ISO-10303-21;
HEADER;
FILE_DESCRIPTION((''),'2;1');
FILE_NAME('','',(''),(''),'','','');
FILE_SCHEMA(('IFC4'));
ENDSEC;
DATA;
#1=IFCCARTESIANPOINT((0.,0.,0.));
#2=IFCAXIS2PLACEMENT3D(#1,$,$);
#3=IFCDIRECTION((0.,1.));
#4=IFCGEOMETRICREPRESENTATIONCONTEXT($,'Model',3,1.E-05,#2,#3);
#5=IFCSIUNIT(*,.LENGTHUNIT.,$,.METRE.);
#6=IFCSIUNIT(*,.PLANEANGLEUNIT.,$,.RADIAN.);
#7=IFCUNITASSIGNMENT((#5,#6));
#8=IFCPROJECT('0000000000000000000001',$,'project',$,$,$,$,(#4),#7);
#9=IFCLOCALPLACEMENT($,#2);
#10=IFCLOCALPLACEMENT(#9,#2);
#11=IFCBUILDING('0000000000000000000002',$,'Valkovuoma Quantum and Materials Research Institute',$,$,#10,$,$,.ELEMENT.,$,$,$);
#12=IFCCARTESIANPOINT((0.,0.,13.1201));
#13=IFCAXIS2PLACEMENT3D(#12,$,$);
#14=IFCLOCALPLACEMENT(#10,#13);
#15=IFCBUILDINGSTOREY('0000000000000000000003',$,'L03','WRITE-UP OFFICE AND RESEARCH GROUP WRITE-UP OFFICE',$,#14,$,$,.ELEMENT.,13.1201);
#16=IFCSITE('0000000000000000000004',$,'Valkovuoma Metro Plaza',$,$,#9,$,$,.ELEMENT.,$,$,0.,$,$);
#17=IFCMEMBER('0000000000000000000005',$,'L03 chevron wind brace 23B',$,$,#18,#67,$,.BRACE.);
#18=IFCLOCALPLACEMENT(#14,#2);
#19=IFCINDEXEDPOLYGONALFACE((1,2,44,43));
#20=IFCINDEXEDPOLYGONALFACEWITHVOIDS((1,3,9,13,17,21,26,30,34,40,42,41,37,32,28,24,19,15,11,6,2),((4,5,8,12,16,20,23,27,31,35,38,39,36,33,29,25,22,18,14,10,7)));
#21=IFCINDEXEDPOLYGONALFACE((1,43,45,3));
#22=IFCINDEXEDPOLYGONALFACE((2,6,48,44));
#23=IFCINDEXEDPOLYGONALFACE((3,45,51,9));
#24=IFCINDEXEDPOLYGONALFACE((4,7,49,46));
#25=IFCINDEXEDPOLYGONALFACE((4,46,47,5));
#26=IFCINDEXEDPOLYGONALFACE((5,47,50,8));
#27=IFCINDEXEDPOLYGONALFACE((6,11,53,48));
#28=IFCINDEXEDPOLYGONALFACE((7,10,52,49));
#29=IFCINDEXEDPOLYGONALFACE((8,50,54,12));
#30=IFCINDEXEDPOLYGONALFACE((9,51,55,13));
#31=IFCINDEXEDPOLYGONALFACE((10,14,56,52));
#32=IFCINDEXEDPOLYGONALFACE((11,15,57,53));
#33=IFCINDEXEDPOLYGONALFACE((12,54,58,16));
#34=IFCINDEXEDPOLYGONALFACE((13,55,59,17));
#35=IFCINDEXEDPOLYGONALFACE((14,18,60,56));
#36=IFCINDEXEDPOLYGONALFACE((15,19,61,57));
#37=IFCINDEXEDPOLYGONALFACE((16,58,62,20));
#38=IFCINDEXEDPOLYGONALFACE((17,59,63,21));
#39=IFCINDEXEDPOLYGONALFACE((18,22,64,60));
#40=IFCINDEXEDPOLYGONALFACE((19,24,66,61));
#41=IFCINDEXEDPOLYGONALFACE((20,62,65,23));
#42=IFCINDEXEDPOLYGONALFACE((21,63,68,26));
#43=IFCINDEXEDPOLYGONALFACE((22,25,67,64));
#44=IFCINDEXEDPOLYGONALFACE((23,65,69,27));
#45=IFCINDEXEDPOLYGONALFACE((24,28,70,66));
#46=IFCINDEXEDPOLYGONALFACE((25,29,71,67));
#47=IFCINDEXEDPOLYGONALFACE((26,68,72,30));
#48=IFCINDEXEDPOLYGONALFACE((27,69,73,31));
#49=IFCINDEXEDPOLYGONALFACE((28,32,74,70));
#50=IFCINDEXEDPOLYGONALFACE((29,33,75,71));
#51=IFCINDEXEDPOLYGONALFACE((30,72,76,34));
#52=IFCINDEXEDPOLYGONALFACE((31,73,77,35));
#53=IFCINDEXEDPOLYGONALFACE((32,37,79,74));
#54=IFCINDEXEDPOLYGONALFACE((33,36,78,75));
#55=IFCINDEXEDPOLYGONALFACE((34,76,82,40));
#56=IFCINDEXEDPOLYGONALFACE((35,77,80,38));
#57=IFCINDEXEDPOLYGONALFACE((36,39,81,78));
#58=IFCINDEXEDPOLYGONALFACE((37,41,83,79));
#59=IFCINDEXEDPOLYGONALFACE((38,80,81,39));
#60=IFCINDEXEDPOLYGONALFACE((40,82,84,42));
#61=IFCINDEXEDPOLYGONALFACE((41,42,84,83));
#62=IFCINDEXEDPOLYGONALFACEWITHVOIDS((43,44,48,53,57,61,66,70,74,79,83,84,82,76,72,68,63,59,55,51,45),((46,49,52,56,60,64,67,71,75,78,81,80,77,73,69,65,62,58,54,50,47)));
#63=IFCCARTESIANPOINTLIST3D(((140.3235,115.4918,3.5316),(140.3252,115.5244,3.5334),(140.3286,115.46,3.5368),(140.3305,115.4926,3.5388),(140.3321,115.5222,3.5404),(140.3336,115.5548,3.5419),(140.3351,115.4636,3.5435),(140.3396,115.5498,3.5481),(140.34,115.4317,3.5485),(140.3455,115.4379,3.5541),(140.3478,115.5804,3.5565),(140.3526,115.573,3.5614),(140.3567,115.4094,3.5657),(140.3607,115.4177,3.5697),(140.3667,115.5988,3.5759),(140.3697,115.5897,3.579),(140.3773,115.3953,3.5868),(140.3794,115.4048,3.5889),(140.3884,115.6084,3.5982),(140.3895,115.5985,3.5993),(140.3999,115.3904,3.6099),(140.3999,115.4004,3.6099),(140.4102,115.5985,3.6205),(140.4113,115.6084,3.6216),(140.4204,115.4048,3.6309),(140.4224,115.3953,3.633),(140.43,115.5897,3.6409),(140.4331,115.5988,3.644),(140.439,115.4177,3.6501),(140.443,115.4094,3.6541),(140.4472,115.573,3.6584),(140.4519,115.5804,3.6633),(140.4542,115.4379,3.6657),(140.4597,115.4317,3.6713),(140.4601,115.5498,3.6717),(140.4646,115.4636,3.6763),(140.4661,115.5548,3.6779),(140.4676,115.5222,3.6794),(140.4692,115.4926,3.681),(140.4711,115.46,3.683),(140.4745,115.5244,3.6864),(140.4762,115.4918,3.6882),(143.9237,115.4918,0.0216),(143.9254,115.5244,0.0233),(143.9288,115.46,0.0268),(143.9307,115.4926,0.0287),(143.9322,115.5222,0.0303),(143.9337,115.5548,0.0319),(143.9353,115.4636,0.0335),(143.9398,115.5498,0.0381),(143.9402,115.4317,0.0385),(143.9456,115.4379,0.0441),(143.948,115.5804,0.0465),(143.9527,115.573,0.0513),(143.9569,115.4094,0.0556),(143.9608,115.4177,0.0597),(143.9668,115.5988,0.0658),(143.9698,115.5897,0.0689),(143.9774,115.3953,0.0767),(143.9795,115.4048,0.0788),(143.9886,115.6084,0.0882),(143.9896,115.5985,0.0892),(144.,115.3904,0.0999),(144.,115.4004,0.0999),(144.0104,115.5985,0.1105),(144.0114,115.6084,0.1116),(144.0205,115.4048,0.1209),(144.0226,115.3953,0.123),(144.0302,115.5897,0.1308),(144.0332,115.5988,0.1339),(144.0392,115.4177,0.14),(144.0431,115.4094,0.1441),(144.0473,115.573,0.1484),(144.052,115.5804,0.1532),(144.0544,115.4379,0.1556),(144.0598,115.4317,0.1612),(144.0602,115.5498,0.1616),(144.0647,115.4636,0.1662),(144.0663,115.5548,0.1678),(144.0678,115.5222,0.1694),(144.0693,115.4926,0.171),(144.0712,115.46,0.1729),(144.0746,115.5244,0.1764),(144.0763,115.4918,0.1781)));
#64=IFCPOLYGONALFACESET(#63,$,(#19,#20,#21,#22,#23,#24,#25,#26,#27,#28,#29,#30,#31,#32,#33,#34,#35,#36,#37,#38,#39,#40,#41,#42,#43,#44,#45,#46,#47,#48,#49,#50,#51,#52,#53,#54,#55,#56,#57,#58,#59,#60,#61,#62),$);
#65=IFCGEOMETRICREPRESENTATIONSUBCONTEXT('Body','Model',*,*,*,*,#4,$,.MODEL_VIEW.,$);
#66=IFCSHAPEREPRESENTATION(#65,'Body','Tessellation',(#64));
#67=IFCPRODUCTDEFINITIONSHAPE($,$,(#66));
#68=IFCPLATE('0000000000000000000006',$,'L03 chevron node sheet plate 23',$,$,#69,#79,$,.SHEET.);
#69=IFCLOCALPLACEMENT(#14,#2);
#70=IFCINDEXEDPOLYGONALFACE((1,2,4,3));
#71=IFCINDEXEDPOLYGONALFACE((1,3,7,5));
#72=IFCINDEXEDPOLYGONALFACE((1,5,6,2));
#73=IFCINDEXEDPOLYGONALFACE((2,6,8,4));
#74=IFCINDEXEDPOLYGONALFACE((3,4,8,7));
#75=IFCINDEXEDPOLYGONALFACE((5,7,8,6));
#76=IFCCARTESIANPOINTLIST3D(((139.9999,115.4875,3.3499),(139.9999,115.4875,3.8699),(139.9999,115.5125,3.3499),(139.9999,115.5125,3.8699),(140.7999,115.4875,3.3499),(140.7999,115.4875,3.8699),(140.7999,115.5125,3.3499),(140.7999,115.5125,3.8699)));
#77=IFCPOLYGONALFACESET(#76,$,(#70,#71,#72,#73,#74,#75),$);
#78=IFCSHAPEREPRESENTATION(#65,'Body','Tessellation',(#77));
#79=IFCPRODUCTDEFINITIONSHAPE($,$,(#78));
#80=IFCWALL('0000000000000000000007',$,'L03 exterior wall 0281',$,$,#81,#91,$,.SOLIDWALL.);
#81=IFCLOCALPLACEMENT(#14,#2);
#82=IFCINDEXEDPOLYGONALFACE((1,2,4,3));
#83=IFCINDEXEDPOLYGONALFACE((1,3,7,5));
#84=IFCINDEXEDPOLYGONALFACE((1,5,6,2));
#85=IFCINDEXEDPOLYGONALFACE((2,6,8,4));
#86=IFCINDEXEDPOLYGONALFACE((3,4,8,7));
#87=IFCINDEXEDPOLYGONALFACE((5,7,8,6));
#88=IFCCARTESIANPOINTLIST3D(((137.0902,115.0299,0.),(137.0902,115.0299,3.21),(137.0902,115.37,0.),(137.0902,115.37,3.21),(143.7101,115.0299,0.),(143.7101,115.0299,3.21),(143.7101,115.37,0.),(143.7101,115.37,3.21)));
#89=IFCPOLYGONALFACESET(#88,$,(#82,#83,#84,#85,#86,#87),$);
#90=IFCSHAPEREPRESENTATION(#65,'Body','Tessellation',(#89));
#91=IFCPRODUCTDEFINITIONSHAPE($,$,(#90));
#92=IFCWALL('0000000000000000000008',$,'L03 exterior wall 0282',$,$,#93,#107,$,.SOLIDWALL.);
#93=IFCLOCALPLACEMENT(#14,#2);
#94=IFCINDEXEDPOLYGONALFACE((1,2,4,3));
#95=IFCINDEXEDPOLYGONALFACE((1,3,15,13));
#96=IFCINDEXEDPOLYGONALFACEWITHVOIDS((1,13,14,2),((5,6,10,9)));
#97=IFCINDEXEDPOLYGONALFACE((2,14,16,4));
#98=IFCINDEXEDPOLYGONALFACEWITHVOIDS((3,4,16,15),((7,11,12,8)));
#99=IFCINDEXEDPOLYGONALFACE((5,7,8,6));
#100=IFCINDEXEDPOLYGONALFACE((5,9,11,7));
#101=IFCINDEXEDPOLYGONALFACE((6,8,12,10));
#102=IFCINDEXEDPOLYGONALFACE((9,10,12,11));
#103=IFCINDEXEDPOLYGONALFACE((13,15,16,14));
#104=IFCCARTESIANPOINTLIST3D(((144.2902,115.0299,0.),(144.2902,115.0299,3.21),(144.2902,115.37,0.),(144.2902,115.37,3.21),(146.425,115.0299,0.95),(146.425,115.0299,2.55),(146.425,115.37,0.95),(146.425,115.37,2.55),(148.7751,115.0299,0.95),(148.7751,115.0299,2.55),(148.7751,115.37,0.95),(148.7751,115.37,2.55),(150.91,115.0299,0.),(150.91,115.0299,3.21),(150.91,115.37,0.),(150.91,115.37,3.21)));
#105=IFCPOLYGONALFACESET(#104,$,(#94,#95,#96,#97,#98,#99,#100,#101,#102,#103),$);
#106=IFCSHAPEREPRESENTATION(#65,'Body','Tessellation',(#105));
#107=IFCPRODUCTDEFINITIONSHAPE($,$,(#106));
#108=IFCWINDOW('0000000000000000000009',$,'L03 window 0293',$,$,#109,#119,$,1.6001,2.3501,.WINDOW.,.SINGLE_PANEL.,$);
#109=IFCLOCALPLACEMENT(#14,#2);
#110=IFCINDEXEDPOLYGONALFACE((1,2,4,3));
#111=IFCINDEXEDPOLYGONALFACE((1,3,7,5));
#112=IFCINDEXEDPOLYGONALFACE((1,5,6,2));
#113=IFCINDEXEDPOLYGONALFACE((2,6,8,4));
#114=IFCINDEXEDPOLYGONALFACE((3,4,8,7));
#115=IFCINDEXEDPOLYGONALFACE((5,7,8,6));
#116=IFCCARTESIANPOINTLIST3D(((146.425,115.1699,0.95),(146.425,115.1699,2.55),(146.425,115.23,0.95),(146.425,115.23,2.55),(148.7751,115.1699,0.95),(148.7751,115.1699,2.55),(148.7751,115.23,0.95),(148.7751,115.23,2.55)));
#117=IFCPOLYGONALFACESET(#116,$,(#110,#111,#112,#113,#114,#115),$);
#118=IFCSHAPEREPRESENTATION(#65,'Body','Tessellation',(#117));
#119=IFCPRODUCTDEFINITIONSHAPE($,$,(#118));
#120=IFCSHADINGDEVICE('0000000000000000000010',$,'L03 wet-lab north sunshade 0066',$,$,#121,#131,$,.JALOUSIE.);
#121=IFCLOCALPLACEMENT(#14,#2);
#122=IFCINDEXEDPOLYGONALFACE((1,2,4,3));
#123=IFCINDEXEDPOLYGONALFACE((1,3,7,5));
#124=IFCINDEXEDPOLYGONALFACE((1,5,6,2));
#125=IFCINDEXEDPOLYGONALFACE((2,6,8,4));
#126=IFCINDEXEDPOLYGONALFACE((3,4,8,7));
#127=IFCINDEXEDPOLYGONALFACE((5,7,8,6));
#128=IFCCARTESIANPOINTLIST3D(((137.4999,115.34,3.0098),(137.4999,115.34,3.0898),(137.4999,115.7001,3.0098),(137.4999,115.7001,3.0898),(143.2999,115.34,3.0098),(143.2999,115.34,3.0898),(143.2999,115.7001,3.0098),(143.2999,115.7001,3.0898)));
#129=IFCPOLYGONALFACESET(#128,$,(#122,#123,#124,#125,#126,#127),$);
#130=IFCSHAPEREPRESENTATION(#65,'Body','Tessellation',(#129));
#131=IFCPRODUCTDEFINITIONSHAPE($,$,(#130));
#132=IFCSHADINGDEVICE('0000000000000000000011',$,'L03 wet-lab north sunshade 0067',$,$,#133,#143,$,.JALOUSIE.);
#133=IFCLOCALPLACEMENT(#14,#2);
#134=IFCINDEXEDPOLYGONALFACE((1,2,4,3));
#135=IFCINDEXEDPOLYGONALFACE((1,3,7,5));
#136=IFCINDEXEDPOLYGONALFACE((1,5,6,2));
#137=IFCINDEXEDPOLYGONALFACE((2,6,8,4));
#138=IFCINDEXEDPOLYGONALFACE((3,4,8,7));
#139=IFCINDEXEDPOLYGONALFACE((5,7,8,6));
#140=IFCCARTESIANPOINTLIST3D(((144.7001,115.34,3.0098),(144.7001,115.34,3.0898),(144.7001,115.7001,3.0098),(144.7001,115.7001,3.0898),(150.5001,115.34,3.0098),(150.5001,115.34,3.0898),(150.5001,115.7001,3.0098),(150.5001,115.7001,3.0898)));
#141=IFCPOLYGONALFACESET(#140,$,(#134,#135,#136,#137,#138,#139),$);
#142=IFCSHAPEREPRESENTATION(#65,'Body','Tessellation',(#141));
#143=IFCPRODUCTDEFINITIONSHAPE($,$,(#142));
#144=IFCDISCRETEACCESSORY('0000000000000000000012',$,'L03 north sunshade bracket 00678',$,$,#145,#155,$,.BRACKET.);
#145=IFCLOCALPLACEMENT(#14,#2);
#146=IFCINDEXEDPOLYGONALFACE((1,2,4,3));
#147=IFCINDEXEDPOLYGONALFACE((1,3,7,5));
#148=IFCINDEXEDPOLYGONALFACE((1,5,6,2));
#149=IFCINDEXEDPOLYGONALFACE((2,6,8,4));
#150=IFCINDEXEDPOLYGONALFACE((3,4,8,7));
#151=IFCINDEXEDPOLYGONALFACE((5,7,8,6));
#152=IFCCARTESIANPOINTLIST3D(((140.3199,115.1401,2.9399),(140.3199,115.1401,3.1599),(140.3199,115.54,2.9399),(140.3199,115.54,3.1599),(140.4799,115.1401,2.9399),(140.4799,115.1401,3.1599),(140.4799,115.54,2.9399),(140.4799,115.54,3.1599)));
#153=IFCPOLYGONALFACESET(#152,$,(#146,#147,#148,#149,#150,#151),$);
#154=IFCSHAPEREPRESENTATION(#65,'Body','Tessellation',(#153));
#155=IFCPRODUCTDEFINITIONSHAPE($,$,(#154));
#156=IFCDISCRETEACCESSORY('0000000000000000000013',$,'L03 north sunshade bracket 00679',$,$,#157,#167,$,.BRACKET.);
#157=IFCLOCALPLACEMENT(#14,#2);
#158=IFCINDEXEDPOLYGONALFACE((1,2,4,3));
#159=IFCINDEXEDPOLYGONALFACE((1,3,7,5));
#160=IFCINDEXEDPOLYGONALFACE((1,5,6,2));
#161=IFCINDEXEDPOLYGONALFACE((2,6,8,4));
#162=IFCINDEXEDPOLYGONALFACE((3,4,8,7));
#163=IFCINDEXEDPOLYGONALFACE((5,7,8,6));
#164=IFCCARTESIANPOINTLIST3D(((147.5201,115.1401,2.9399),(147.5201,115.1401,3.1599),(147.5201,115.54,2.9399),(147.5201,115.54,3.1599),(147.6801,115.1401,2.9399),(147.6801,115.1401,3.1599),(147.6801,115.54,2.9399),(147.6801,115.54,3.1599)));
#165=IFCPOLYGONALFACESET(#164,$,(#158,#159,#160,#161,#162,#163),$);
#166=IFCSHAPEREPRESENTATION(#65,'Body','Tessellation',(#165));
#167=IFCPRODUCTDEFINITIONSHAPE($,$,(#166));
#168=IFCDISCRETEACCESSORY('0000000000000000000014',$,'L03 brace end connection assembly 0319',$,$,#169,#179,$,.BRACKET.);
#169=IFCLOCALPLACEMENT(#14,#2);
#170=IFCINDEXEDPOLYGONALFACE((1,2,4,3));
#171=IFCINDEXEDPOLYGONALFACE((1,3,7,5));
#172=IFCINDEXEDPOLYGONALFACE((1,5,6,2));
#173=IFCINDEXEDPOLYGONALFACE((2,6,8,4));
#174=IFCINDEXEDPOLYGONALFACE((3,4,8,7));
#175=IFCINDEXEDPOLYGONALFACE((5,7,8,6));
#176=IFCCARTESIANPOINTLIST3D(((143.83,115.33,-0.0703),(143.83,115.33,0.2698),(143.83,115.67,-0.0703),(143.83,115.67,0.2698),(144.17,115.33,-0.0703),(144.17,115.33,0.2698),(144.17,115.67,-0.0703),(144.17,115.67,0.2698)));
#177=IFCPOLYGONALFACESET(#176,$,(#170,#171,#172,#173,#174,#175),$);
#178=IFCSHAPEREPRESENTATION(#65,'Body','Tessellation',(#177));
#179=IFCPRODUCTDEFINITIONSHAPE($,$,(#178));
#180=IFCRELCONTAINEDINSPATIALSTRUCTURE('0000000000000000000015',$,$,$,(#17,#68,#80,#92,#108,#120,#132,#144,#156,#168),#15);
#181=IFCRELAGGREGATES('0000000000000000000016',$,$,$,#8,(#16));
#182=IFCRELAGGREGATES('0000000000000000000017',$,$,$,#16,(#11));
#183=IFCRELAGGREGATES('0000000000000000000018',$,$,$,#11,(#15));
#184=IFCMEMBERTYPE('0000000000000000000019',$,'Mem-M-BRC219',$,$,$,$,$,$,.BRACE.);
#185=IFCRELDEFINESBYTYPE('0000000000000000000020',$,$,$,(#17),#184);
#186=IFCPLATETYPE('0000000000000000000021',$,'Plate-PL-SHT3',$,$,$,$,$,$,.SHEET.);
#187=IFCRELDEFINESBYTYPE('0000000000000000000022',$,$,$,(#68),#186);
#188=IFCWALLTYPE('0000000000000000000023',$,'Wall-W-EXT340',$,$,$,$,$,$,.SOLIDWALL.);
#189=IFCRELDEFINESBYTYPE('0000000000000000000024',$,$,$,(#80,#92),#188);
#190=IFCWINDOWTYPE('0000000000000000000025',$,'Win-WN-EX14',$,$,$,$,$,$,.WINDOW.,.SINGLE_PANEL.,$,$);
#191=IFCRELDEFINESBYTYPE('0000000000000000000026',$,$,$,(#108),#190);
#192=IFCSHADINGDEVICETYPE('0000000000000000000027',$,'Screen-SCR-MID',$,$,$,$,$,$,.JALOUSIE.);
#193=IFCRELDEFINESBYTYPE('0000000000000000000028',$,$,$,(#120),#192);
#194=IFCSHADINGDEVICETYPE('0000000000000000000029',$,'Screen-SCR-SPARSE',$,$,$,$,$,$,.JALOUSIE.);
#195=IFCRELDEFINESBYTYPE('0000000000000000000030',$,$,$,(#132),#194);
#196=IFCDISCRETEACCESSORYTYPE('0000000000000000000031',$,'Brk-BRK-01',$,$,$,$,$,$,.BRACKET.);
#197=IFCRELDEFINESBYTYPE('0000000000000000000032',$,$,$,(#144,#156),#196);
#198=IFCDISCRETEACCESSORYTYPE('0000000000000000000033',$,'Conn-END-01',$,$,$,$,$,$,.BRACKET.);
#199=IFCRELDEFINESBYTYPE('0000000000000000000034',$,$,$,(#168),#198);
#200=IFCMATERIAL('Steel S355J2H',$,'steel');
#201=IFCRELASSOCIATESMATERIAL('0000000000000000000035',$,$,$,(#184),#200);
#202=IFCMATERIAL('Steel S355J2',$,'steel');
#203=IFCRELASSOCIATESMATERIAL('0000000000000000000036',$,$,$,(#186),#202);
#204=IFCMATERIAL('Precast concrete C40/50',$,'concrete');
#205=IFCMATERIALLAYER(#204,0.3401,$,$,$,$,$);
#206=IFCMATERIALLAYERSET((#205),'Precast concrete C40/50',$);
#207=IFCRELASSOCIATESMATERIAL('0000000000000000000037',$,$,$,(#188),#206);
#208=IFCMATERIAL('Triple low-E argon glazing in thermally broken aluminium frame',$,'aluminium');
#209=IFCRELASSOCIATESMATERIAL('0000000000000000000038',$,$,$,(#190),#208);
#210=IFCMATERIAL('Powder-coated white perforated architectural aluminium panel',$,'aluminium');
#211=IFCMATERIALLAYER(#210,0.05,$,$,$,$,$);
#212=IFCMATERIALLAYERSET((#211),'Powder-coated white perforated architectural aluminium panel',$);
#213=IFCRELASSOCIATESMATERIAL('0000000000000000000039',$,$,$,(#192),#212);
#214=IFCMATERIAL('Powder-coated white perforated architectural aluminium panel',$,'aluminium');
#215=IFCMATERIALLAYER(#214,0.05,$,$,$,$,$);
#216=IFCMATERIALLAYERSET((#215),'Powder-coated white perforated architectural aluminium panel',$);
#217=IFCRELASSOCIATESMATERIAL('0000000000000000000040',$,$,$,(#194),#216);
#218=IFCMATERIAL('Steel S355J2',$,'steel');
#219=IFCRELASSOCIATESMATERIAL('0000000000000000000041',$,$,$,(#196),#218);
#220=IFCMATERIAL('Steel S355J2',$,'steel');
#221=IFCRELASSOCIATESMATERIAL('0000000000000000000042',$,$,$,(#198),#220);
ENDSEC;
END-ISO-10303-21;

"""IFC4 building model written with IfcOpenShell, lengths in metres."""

from ifc_helpers import new_model, si_unit, direction, frame, frame_2d, origin, origin_2d, place, context, subcontext, project, spatial, rectangle, hollow_circle, extrude, material, layer, layer_set, material_profile, profile_set, type_object, element, fill, save


model = new_model("IFC4")

# Units and contexts
model_context = context("Model", 3, precision=1e-05, world=origin(), true_north=direction((0.0, 1.0)))
body_context = subcontext(model_context, "Body", "Model", "MODEL_VIEW")
ifc_project = project(units=[si_unit("LENGTHUNIT", "METRE"), si_unit("PLANEANGLEUNIT", "RADIAN")], contexts=[model_context])

# Site, building, storey
site_placement = place(None, origin())
site = spatial("IfcSite", under=ifc_project, at=site_placement, Name="Valkovuoma Metro Plaza", CompositionType="ELEMENT", RefElevation=0.0)
building_placement = place(site_placement, origin())
building = spatial("IfcBuilding", under=site, at=building_placement, Name="Valkovuoma Quantum and Materials Research Institute", CompositionType="ELEMENT")
storey_placement = place(building_placement, frame((0.0, 0.0, 13.1201)))
storey = spatial("IfcBuildingStorey", under=building, at=storey_placement, Name="L03", Description="WRITE-UP OFFICE AND RESEARCH GROUP WRITE-UP OFFICE", CompositionType="ELEMENT", Elevation=13.1201)

# Member
ifc_material_1 = material(Name="Steel S355J2H", Category="steel")
ifc_material_profile_1 = material_profile(ifc_material_1, hollow_circle(Radius=0.1096, WallThickness=0.01, at=origin_2d()), Name="Steel S355J2H")
ifc_profile_set_1 = profile_set([ifc_material_profile_1], Name="Steel S355J2H")
member_type = type_object("IfcMemberType", Name="Mem-M-BRC219", PredefinedType="BRACE", material=ifc_profile_set_1)
member_placement = place(storey_placement, frame((144.0, 115.5, 0.0999), z_axis=(-0.716009, 0.0, 0.698091), x_axis=(0.0, -1.0, 0.0)))
element("IfcMember", 1, at=member_placement, inside=storey, type_object=member_type, Name="L03 chevron wind brace 23B", PredefinedType="BRACE", context=body_context, shape_type="SweptSolid", body=[
    extrude(hollow_circle(Radius=0.1096, WallThickness=0.01, at=origin_2d()), origin(), (0.0, 0.0, 1.0), 5.0281),
])

# Plate
ifc_material_2 = material(Name="Steel S355J2", Category="steel")
plate_type = type_object("IfcPlateType", Name="Plate-PL-SHT3", PredefinedType="SHEET", material=ifc_material_2)
plate_placement = place(storey_placement, frame((140.3999, 115.5, 3.3499), z_axis=(0.0, 0.0, 1.0), x_axis=(1.0, 0.0, 0.0)))
element("IfcPlate", 2, at=plate_placement, inside=storey, type_object=plate_type, Name="L03 chevron node sheet plate 23", PredefinedType="SHEET", context=body_context, shape_type="SweptSolid", body=[
    extrude(rectangle(XDim=0.8, YDim=0.0249, at=origin_2d()), origin(), (0.0, 0.0, 1.0), 0.52),
])

# Wall
ifc_material_3 = material(Name="Precast concrete C40/50", Category="concrete")
ifc_layer_1 = layer(ifc_material_3, 0.3401)
ifc_layer_set_1 = layer_set([ifc_layer_1], Name="Precast concrete C40/50")
wall_type = type_object("IfcWallType", Name="Wall-W-EXT340", PredefinedType="SOLIDWALL", material=ifc_layer_set_1)
wall_1_placement = place(storey_placement, frame((137.0901, 115.2, 0.0), z_axis=(0.0, 0.0, 1.0), x_axis=(1.0, 0.0, 0.0)))
element("IfcWall", 3, at=wall_1_placement, inside=storey, type_object=wall_type, Name="L03 exterior wall 0281", PredefinedType="SOLIDWALL", context=body_context, shape_type="SweptSolid", body=[
    extrude(rectangle(XDim=6.6199, YDim=0.3401, at=frame_2d((3.3101, 0.0))), origin(), (0.0, 0.0, 1.0), 3.21),
])

# Wall, opening, window
wall_2_placement = place(storey_placement, frame((144.29, 115.2, 0.0), z_axis=(0.0, 0.0, 1.0), x_axis=(1.0, 0.0, 0.0)))
wall_2 = element("IfcWall", 4, at=wall_2_placement, inside=storey, type_object=wall_type, Name="L03 exterior wall 0282", PredefinedType="SOLIDWALL", context=body_context, shape_type="SweptSolid", body=[
    extrude(rectangle(XDim=6.6199, YDim=0.3401, at=frame_2d((3.3101, 0.0))), origin(), (0.0, 0.0, 1.0), 3.21),
])
opening_placement = place(wall_2_placement, frame((2.135, 0.0, 0.95)))
opening = element("IfcOpeningElement", 5, at=opening_placement, cuts=wall_2, PredefinedType="OPENING", context=body_context, shape_type="SweptSolid", body=[
    extrude(rectangle(XDim=2.3501, YDim=1.6001, at=frame_2d((1.175, 0.8))), frame((0.0, 0.1802, 0.0), z_axis=(0.0, -1.0, 0.0), x_axis=(1.0, 0.0, 0.0)), (0.0, 0.0, 1.0), 0.3601),
])
ifc_material_4 = material(Name="Triple low-E argon glazing in thermally broken aluminium frame", Category="aluminium")
window_type = type_object("IfcWindowType", Name="Win-WN-EX14", PartitioningType="SINGLE_PANEL", PredefinedType="WINDOW", material=ifc_material_4)
window_placement = place(opening_placement, origin())
window = element("IfcWindow", 6, at=window_placement, inside=storey, type_object=window_type, Name="L03 window 0293", OverallHeight=1.6001, OverallWidth=2.3501, PartitioningType="SINGLE_PANEL", PredefinedType="WINDOW", context=body_context, shape_type="SweptSolid", body=[
    extrude(rectangle(XDim=2.3501, YDim=1.6001, at=frame_2d((1.175, 0.8))), frame((0.0, 0.03, 0.0), z_axis=(0.0, -1.0, 0.0), x_axis=(1.0, 0.0, 0.0)), (0.0, 0.0, 1.0), 0.0601),
])
fill(opening, window)

# Shading devices
ifc_material_5 = material(Name="Powder-coated white perforated architectural aluminium panel", Category="aluminium")
ifc_layer_2 = layer(ifc_material_5, 0.05)
ifc_layer_set_2 = layer_set([ifc_layer_2], Name="Powder-coated white perforated architectural aluminium panel")
shading_device_type_1 = type_object("IfcShadingDeviceType", Name="Screen-SCR-MID", PredefinedType="JALOUSIE", material=ifc_layer_set_2)
shading_device_1_placement = place(storey_placement, frame((140.3999, 115.52, 3.0098), z_axis=(0.0, 0.0, 1.0), x_axis=(1.0, 0.0, 0.0)))
element("IfcShadingDevice", 7, at=shading_device_1_placement, inside=storey, type_object=shading_device_type_1, Name="L03 wet-lab north sunshade 0066", PredefinedType="JALOUSIE", context=body_context, shape_type="SweptSolid", body=[
    extrude(rectangle(XDim=5.8, YDim=0.3601, at=origin_2d()), origin(), (0.0, 0.0, 1.0), 0.0801),
])
ifc_material_6 = material(Name="Powder-coated white perforated architectural aluminium panel", Category="aluminium")
ifc_layer_3 = layer(ifc_material_6, 0.05)
ifc_layer_set_3 = layer_set([ifc_layer_3], Name="Powder-coated white perforated architectural aluminium panel")
shading_device_type_2 = type_object("IfcShadingDeviceType", Name="Screen-SCR-SPARSE", PredefinedType="JALOUSIE", material=ifc_layer_set_3)
shading_device_2_placement = place(storey_placement, frame((147.6001, 115.52, 3.0098), z_axis=(0.0, 0.0, 1.0), x_axis=(1.0, 0.0, 0.0)))
element("IfcShadingDevice", 8, at=shading_device_2_placement, inside=storey, type_object=shading_device_type_2, Name="L03 wet-lab north sunshade 0067", PredefinedType="JALOUSIE", context=body_context, shape_type="SweptSolid", body=[
    extrude(rectangle(XDim=5.8, YDim=0.3601, at=origin_2d()), origin(), (0.0, 0.0, 1.0), 0.0801),
])

# Discrete accessories
ifc_material_7 = material(Name="Steel S355J2", Category="steel")
discrete_accessory_type_1 = type_object("IfcDiscreteAccessoryType", Name="Brk-BRK-01", PredefinedType="BRACKET", material=ifc_material_7)
for number, where, z_axis, x_axis, name in (
    (9, (140.3999, 115.3401, 2.9399), (0.0, 0.0, 1.0), (1.0, 0.0, 0.0), "L03 north sunshade bracket 00678"),
    (10, (147.6001, 115.3401, 2.9399), (0.0, 0.0, 1.0), (1.0, 0.0, 0.0), "L03 north sunshade bracket 00679"),
):
    element("IfcDiscreteAccessory", number, at=place(storey_placement, frame(where, z_axis=z_axis, x_axis=x_axis)), inside=storey, type_object=discrete_accessory_type_1, Name=name, PredefinedType="BRACKET", context=body_context, shape_type="SweptSolid", body=[
        extrude(rectangle(XDim=0.1599, YDim=0.3999, at=origin_2d()), origin(), (0.0, 0.0, 1.0), 0.22),
    ])
ifc_material_8 = material(Name="Steel S355J2", Category="steel")
discrete_accessory_type_2 = type_object("IfcDiscreteAccessoryType", Name="Conn-END-01", PredefinedType="BRACKET", material=ifc_material_8)
discrete_accessory_placement = place(storey_placement, frame((144.0, 115.5, -0.0703), z_axis=(0.0, 0.0, 1.0), x_axis=(1.0, 0.0, 0.0)))
element("IfcDiscreteAccessory", 11, at=discrete_accessory_placement, inside=storey, type_object=discrete_accessory_type_2, Name="L03 brace end connection assembly 0319", PredefinedType="BRACKET", context=body_context, shape_type="SweptSolid", body=[
    extrude(rectangle(XDim=0.3401, YDim=0.3401, at=origin_2d()), origin(), (0.0, 0.0, 1.0), 0.3401),
])

save(model, "model.ifc")
